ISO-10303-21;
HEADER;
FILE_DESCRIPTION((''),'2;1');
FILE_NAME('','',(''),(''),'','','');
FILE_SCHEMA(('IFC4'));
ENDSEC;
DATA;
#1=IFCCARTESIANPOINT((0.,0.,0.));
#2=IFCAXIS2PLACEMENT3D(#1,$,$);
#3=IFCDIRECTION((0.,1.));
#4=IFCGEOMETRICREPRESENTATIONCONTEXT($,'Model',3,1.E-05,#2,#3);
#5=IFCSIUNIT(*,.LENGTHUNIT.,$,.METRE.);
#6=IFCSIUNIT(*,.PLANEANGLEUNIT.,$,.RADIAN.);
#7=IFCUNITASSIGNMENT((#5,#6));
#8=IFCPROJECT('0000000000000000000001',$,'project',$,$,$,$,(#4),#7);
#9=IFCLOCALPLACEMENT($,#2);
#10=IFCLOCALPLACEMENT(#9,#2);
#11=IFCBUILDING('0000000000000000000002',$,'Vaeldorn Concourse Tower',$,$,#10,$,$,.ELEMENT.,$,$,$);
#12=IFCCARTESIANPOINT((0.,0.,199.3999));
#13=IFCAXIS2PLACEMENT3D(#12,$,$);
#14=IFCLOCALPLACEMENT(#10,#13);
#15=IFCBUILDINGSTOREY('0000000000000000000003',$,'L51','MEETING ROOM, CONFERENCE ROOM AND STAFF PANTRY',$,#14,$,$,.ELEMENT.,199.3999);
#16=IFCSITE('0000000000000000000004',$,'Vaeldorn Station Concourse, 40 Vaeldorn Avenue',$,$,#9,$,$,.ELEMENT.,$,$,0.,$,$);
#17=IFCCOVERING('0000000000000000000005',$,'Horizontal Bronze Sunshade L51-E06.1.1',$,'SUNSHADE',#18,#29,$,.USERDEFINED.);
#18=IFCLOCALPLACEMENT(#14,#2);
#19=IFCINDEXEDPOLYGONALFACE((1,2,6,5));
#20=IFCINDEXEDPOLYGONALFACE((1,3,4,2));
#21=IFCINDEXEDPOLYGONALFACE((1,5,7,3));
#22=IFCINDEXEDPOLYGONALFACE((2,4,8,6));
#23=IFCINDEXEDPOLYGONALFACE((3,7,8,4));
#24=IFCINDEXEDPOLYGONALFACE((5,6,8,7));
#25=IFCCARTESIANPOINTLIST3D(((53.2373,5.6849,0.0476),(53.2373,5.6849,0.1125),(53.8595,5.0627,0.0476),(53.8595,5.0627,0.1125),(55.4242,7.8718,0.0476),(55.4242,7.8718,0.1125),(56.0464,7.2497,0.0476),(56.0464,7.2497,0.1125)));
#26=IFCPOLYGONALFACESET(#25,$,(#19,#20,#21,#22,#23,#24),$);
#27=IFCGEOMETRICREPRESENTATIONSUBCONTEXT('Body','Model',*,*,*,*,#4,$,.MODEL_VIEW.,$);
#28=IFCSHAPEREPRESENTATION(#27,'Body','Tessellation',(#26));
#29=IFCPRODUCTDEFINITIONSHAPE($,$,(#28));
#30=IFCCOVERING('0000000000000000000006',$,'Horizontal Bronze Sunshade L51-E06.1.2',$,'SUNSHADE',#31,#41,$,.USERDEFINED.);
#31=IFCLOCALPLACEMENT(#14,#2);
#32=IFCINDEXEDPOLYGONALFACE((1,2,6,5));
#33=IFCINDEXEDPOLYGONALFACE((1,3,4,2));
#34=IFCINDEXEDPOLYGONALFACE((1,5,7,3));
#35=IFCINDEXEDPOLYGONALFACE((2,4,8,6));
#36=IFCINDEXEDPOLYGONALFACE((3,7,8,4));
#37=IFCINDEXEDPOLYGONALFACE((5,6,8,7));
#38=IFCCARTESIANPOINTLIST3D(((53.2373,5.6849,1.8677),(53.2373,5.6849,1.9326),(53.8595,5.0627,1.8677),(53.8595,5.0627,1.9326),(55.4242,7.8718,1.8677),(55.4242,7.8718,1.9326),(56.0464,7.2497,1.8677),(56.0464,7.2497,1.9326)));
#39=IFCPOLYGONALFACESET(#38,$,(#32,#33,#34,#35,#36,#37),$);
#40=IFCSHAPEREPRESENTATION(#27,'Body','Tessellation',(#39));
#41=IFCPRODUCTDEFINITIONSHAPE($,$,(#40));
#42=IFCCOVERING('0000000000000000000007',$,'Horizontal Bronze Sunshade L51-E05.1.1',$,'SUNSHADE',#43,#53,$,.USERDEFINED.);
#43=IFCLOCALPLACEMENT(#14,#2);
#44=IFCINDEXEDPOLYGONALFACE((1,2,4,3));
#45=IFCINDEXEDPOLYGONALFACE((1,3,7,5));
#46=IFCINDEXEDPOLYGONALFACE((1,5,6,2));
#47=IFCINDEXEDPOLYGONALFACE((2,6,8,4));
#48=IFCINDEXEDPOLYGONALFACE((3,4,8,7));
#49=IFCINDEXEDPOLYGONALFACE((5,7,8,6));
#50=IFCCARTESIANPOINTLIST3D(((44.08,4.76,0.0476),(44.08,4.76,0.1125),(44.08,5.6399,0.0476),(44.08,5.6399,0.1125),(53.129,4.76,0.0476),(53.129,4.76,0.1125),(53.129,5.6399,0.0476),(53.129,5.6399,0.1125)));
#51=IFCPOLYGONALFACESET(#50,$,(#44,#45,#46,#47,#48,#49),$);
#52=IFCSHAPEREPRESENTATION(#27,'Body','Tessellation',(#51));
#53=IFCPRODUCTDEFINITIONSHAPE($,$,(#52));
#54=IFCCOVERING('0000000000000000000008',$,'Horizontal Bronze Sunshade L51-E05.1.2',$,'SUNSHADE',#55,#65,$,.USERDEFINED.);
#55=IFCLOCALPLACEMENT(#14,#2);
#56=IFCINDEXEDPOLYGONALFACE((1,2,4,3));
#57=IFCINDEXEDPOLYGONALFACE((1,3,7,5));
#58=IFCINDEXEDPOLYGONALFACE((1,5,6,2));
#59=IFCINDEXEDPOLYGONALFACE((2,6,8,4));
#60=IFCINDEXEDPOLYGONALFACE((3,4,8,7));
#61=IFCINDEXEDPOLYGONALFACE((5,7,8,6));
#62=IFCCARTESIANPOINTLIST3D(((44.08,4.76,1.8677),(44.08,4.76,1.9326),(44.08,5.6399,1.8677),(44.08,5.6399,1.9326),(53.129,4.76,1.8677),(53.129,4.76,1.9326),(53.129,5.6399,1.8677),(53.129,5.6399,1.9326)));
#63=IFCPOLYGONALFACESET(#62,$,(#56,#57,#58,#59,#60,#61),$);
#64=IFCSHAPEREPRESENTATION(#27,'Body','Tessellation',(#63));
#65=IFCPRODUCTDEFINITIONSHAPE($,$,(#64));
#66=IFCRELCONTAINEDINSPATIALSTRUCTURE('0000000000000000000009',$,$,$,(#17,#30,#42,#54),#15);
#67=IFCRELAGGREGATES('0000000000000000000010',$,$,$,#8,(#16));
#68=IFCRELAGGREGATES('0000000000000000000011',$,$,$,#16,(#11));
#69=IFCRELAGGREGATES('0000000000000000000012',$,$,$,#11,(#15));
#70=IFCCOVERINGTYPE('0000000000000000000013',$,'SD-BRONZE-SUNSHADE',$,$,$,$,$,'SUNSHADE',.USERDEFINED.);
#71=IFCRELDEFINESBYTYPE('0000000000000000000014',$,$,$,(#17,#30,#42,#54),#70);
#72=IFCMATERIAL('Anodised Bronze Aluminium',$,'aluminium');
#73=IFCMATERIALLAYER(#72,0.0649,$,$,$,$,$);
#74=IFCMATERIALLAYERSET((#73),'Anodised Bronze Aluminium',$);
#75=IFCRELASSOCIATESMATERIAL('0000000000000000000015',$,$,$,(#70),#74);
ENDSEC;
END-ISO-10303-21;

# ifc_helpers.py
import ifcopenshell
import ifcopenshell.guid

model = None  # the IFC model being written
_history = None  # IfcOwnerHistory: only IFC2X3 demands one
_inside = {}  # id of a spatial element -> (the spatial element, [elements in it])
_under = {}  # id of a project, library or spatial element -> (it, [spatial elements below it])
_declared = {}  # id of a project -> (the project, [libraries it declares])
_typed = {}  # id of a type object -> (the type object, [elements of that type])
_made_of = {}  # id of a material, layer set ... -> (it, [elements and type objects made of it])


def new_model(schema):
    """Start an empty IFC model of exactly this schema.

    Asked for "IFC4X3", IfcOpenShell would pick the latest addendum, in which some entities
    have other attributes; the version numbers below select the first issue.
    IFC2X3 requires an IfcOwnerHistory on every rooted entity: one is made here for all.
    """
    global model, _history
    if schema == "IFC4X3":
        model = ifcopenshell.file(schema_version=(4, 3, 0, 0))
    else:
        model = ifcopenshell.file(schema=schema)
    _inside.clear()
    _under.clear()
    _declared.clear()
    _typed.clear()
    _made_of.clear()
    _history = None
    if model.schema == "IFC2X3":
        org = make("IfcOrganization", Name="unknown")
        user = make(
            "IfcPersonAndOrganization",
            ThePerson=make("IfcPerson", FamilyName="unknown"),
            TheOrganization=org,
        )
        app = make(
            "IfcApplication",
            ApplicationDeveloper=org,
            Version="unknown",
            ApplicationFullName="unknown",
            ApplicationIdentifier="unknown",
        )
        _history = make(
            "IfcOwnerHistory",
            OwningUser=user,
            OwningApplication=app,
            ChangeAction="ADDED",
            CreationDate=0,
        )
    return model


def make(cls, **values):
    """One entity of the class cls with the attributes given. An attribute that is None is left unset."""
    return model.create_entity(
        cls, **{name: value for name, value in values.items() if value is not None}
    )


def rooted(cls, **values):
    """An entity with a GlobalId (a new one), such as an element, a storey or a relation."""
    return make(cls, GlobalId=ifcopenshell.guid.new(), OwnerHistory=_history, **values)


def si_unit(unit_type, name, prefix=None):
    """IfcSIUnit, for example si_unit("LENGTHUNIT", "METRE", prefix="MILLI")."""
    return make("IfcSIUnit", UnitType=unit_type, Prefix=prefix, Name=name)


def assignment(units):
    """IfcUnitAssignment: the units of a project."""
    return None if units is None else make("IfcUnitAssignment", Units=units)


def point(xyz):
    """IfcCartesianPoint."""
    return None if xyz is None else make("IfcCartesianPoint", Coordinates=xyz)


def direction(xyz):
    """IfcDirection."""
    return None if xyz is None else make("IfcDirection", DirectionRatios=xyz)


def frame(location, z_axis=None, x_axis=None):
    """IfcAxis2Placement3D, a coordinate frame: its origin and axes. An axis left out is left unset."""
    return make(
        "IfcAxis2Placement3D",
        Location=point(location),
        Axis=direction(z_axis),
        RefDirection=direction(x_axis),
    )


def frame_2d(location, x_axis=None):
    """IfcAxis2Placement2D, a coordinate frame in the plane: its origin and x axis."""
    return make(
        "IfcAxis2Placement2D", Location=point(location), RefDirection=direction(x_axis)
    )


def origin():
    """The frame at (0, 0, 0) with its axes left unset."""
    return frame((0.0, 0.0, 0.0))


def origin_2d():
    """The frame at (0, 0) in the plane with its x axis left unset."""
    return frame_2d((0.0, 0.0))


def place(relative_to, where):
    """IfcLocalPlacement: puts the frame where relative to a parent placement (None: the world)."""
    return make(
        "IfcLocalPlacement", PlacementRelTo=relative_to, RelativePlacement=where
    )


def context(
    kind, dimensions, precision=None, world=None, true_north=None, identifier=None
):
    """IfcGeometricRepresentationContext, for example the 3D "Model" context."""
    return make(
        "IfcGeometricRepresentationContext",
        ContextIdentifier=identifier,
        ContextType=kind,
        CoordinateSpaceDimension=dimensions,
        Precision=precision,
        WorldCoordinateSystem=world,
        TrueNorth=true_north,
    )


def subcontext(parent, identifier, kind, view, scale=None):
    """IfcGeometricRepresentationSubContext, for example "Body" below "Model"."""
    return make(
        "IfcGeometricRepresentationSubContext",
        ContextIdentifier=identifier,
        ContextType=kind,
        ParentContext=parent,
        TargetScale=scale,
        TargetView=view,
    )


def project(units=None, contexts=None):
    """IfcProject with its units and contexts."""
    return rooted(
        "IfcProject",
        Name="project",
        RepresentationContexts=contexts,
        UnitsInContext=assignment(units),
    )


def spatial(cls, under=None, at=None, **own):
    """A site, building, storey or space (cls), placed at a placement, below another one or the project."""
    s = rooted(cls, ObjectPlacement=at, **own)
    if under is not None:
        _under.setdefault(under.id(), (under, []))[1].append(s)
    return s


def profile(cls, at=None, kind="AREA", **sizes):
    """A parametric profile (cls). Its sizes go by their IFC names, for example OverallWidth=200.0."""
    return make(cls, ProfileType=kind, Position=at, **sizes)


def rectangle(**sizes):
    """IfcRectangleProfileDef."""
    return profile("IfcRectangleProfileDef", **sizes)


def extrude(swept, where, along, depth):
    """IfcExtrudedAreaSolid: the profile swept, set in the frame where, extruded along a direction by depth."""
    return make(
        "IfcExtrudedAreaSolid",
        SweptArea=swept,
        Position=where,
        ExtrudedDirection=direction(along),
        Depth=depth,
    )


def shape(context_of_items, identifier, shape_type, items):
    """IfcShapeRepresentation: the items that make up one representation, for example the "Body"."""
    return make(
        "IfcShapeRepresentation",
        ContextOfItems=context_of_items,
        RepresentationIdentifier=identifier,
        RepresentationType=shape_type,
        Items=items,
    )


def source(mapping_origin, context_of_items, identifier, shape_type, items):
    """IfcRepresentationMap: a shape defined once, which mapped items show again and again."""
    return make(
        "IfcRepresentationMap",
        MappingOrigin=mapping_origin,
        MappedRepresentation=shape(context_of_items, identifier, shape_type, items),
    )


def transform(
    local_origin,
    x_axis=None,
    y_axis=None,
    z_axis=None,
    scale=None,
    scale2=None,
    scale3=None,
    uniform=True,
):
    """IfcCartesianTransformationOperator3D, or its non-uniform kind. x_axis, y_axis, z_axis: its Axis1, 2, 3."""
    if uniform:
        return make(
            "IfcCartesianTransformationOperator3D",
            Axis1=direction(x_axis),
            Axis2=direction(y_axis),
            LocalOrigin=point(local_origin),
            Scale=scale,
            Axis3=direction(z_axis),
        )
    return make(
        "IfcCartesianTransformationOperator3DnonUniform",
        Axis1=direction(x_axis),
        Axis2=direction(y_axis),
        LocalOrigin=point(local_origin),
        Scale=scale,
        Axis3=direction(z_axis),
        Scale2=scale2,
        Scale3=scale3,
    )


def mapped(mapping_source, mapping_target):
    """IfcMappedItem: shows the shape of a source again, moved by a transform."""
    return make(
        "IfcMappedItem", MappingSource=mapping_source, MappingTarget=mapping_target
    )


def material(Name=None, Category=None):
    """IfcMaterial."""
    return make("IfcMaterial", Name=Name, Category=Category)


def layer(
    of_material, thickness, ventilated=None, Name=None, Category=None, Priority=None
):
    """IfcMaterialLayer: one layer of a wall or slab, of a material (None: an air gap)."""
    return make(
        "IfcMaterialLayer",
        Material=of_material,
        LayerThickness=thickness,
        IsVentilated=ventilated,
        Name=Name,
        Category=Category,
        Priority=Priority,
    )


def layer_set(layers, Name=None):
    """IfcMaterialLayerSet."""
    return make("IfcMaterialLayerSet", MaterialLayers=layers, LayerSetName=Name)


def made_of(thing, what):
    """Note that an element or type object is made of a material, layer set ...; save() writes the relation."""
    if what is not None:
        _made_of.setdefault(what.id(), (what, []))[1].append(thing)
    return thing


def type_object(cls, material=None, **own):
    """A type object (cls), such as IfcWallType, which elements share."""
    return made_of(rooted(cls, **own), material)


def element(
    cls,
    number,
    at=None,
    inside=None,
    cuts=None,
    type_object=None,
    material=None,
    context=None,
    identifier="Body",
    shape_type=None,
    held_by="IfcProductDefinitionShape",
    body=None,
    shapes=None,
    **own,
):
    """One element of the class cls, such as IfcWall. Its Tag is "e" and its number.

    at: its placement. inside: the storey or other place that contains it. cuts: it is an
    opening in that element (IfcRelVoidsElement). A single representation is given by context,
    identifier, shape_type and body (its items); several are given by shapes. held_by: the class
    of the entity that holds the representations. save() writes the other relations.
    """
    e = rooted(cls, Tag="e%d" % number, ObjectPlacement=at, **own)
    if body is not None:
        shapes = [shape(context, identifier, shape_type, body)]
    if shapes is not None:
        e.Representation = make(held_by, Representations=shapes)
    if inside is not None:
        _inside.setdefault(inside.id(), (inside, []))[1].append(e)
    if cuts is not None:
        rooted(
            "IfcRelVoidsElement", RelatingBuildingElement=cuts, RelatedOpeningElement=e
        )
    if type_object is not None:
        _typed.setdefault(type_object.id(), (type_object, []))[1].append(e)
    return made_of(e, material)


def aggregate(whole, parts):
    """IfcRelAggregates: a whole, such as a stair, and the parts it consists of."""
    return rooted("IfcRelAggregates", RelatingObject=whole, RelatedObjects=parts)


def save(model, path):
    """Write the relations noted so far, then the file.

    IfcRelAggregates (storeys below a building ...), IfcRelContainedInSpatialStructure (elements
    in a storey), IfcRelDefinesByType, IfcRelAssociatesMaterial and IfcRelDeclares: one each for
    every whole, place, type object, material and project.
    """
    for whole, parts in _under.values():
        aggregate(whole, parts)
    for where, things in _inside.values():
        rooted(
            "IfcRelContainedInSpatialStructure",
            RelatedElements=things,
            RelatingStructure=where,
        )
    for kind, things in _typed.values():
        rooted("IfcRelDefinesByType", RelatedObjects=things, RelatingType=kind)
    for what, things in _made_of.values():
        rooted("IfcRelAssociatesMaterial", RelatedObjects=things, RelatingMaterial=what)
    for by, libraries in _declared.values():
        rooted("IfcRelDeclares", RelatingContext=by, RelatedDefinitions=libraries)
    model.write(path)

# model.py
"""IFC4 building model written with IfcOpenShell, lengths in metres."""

from ifc_helpers import new_model, si_unit, direction, frame, origin, origin_2d, place, context, subcontext, project, spatial, rectangle, extrude, source, transform, mapped, material, layer, layer_set, type_object, element, save


model = new_model("IFC4")

# Units and contexts
model_context = context("Model", 3, precision=1e-05, world=origin(), true_north=direction((0.0, 1.0)))
body_context = subcontext(model_context, "Body", "Model", "MODEL_VIEW")
ifc_project = project(units=[si_unit("LENGTHUNIT", "METRE"), si_unit("PLANEANGLEUNIT", "RADIAN")], contexts=[model_context])

# Site, building, storey
site_placement = place(None, origin())
site = spatial("IfcSite", under=ifc_project, at=site_placement, Name="Vaeldorn Station Concourse, 40 Vaeldorn Avenue", CompositionType="ELEMENT", RefElevation=0.0)
building_placement = place(site_placement, origin())
building = spatial("IfcBuilding", under=site, at=building_placement, Name="Vaeldorn Concourse Tower", CompositionType="ELEMENT")
storey_placement = place(building_placement, frame((0.0, 0.0, 199.3999)))
storey = spatial("IfcBuildingStorey", under=building, at=storey_placement, Name="L51", Description="MEETING ROOM, CONFERENCE ROOM AND STAFF PANTRY", CompositionType="ELEMENT", Elevation=199.3999)

# Shared definitions
ifc_material_1 = material(Name="Anodised Bronze Aluminium", Category="aluminium")

# Coverings
ifc_layer_1 = layer(ifc_material_1, 0.0649)
ifc_layer_set_1 = layer_set([ifc_layer_1], Name="Anodised Bronze Aluminium")
covering_type = type_object("IfcCoveringType", Name="SD-BRONZE-SUNSHADE", ElementType="SUNSHADE", PredefinedType="USERDEFINED", material=ifc_layer_set_1)
shared_shape_1 = source(origin(), body_context, "Body", "SweptSolid", [
    extrude(rectangle(XDim=3.0928, YDim=0.8799, at=origin_2d()), origin(), (0.0, 0.0, 1.0), 0.0649),
])
for number, where, z_axis, x_axis, name in (
    (1, (54.6418, 6.4673, 0.0476), (0.0, 0.0, 1.0), (0.707107, 0.707107, 0.0), "Horizontal Bronze Sunshade L51-E06.1.1"),
    (2, (54.6418, 6.4673, 1.8677), (0.0, 0.0, 1.0), (0.707107, 0.707107, 0.0), "Horizontal Bronze Sunshade L51-E06.1.2"),
):
    element("IfcCovering", number, at=place(storey_placement, frame(where, z_axis=z_axis, x_axis=x_axis)), inside=storey, type_object=covering_type, Name=name, ObjectType="SUNSHADE", PredefinedType="USERDEFINED", context=body_context, shape_type="MappedRepresentation", body=[
        mapped(shared_shape_1, transform((0.0, 0.0, 0.0), scale=1.0)),
    ])
shared_shape_2 = source(origin(), body_context, "Body", "SweptSolid", [
    extrude(rectangle(XDim=9.0491, YDim=0.8799, at=origin_2d()), origin(), (0.0, 0.0, 1.0), 0.0649),
])
for number, where, z_axis, x_axis, name in (
    (3, (48.6045, 5.2, 0.0476), (0.0, 0.0, 1.0), (1.0, 0.0, 0.0), "Horizontal Bronze Sunshade L51-E05.1.1"),
    (4, (48.6045, 5.2, 1.8677), (0.0, 0.0, 1.0), (1.0, 0.0, 0.0), "Horizontal Bronze Sunshade L51-E05.1.2"),
):
    element("IfcCovering", number, at=place(storey_placement, frame(where, z_axis=z_axis, x_axis=x_axis)), inside=storey, type_object=covering_type, Name=name, ObjectType="SUNSHADE", PredefinedType="USERDEFINED", context=body_context, shape_type="MappedRepresentation", body=[
        mapped(shared_shape_2, transform((0.0, 0.0, 0.0), scale=1.0)),
    ])

save(model, "model.ifc")
